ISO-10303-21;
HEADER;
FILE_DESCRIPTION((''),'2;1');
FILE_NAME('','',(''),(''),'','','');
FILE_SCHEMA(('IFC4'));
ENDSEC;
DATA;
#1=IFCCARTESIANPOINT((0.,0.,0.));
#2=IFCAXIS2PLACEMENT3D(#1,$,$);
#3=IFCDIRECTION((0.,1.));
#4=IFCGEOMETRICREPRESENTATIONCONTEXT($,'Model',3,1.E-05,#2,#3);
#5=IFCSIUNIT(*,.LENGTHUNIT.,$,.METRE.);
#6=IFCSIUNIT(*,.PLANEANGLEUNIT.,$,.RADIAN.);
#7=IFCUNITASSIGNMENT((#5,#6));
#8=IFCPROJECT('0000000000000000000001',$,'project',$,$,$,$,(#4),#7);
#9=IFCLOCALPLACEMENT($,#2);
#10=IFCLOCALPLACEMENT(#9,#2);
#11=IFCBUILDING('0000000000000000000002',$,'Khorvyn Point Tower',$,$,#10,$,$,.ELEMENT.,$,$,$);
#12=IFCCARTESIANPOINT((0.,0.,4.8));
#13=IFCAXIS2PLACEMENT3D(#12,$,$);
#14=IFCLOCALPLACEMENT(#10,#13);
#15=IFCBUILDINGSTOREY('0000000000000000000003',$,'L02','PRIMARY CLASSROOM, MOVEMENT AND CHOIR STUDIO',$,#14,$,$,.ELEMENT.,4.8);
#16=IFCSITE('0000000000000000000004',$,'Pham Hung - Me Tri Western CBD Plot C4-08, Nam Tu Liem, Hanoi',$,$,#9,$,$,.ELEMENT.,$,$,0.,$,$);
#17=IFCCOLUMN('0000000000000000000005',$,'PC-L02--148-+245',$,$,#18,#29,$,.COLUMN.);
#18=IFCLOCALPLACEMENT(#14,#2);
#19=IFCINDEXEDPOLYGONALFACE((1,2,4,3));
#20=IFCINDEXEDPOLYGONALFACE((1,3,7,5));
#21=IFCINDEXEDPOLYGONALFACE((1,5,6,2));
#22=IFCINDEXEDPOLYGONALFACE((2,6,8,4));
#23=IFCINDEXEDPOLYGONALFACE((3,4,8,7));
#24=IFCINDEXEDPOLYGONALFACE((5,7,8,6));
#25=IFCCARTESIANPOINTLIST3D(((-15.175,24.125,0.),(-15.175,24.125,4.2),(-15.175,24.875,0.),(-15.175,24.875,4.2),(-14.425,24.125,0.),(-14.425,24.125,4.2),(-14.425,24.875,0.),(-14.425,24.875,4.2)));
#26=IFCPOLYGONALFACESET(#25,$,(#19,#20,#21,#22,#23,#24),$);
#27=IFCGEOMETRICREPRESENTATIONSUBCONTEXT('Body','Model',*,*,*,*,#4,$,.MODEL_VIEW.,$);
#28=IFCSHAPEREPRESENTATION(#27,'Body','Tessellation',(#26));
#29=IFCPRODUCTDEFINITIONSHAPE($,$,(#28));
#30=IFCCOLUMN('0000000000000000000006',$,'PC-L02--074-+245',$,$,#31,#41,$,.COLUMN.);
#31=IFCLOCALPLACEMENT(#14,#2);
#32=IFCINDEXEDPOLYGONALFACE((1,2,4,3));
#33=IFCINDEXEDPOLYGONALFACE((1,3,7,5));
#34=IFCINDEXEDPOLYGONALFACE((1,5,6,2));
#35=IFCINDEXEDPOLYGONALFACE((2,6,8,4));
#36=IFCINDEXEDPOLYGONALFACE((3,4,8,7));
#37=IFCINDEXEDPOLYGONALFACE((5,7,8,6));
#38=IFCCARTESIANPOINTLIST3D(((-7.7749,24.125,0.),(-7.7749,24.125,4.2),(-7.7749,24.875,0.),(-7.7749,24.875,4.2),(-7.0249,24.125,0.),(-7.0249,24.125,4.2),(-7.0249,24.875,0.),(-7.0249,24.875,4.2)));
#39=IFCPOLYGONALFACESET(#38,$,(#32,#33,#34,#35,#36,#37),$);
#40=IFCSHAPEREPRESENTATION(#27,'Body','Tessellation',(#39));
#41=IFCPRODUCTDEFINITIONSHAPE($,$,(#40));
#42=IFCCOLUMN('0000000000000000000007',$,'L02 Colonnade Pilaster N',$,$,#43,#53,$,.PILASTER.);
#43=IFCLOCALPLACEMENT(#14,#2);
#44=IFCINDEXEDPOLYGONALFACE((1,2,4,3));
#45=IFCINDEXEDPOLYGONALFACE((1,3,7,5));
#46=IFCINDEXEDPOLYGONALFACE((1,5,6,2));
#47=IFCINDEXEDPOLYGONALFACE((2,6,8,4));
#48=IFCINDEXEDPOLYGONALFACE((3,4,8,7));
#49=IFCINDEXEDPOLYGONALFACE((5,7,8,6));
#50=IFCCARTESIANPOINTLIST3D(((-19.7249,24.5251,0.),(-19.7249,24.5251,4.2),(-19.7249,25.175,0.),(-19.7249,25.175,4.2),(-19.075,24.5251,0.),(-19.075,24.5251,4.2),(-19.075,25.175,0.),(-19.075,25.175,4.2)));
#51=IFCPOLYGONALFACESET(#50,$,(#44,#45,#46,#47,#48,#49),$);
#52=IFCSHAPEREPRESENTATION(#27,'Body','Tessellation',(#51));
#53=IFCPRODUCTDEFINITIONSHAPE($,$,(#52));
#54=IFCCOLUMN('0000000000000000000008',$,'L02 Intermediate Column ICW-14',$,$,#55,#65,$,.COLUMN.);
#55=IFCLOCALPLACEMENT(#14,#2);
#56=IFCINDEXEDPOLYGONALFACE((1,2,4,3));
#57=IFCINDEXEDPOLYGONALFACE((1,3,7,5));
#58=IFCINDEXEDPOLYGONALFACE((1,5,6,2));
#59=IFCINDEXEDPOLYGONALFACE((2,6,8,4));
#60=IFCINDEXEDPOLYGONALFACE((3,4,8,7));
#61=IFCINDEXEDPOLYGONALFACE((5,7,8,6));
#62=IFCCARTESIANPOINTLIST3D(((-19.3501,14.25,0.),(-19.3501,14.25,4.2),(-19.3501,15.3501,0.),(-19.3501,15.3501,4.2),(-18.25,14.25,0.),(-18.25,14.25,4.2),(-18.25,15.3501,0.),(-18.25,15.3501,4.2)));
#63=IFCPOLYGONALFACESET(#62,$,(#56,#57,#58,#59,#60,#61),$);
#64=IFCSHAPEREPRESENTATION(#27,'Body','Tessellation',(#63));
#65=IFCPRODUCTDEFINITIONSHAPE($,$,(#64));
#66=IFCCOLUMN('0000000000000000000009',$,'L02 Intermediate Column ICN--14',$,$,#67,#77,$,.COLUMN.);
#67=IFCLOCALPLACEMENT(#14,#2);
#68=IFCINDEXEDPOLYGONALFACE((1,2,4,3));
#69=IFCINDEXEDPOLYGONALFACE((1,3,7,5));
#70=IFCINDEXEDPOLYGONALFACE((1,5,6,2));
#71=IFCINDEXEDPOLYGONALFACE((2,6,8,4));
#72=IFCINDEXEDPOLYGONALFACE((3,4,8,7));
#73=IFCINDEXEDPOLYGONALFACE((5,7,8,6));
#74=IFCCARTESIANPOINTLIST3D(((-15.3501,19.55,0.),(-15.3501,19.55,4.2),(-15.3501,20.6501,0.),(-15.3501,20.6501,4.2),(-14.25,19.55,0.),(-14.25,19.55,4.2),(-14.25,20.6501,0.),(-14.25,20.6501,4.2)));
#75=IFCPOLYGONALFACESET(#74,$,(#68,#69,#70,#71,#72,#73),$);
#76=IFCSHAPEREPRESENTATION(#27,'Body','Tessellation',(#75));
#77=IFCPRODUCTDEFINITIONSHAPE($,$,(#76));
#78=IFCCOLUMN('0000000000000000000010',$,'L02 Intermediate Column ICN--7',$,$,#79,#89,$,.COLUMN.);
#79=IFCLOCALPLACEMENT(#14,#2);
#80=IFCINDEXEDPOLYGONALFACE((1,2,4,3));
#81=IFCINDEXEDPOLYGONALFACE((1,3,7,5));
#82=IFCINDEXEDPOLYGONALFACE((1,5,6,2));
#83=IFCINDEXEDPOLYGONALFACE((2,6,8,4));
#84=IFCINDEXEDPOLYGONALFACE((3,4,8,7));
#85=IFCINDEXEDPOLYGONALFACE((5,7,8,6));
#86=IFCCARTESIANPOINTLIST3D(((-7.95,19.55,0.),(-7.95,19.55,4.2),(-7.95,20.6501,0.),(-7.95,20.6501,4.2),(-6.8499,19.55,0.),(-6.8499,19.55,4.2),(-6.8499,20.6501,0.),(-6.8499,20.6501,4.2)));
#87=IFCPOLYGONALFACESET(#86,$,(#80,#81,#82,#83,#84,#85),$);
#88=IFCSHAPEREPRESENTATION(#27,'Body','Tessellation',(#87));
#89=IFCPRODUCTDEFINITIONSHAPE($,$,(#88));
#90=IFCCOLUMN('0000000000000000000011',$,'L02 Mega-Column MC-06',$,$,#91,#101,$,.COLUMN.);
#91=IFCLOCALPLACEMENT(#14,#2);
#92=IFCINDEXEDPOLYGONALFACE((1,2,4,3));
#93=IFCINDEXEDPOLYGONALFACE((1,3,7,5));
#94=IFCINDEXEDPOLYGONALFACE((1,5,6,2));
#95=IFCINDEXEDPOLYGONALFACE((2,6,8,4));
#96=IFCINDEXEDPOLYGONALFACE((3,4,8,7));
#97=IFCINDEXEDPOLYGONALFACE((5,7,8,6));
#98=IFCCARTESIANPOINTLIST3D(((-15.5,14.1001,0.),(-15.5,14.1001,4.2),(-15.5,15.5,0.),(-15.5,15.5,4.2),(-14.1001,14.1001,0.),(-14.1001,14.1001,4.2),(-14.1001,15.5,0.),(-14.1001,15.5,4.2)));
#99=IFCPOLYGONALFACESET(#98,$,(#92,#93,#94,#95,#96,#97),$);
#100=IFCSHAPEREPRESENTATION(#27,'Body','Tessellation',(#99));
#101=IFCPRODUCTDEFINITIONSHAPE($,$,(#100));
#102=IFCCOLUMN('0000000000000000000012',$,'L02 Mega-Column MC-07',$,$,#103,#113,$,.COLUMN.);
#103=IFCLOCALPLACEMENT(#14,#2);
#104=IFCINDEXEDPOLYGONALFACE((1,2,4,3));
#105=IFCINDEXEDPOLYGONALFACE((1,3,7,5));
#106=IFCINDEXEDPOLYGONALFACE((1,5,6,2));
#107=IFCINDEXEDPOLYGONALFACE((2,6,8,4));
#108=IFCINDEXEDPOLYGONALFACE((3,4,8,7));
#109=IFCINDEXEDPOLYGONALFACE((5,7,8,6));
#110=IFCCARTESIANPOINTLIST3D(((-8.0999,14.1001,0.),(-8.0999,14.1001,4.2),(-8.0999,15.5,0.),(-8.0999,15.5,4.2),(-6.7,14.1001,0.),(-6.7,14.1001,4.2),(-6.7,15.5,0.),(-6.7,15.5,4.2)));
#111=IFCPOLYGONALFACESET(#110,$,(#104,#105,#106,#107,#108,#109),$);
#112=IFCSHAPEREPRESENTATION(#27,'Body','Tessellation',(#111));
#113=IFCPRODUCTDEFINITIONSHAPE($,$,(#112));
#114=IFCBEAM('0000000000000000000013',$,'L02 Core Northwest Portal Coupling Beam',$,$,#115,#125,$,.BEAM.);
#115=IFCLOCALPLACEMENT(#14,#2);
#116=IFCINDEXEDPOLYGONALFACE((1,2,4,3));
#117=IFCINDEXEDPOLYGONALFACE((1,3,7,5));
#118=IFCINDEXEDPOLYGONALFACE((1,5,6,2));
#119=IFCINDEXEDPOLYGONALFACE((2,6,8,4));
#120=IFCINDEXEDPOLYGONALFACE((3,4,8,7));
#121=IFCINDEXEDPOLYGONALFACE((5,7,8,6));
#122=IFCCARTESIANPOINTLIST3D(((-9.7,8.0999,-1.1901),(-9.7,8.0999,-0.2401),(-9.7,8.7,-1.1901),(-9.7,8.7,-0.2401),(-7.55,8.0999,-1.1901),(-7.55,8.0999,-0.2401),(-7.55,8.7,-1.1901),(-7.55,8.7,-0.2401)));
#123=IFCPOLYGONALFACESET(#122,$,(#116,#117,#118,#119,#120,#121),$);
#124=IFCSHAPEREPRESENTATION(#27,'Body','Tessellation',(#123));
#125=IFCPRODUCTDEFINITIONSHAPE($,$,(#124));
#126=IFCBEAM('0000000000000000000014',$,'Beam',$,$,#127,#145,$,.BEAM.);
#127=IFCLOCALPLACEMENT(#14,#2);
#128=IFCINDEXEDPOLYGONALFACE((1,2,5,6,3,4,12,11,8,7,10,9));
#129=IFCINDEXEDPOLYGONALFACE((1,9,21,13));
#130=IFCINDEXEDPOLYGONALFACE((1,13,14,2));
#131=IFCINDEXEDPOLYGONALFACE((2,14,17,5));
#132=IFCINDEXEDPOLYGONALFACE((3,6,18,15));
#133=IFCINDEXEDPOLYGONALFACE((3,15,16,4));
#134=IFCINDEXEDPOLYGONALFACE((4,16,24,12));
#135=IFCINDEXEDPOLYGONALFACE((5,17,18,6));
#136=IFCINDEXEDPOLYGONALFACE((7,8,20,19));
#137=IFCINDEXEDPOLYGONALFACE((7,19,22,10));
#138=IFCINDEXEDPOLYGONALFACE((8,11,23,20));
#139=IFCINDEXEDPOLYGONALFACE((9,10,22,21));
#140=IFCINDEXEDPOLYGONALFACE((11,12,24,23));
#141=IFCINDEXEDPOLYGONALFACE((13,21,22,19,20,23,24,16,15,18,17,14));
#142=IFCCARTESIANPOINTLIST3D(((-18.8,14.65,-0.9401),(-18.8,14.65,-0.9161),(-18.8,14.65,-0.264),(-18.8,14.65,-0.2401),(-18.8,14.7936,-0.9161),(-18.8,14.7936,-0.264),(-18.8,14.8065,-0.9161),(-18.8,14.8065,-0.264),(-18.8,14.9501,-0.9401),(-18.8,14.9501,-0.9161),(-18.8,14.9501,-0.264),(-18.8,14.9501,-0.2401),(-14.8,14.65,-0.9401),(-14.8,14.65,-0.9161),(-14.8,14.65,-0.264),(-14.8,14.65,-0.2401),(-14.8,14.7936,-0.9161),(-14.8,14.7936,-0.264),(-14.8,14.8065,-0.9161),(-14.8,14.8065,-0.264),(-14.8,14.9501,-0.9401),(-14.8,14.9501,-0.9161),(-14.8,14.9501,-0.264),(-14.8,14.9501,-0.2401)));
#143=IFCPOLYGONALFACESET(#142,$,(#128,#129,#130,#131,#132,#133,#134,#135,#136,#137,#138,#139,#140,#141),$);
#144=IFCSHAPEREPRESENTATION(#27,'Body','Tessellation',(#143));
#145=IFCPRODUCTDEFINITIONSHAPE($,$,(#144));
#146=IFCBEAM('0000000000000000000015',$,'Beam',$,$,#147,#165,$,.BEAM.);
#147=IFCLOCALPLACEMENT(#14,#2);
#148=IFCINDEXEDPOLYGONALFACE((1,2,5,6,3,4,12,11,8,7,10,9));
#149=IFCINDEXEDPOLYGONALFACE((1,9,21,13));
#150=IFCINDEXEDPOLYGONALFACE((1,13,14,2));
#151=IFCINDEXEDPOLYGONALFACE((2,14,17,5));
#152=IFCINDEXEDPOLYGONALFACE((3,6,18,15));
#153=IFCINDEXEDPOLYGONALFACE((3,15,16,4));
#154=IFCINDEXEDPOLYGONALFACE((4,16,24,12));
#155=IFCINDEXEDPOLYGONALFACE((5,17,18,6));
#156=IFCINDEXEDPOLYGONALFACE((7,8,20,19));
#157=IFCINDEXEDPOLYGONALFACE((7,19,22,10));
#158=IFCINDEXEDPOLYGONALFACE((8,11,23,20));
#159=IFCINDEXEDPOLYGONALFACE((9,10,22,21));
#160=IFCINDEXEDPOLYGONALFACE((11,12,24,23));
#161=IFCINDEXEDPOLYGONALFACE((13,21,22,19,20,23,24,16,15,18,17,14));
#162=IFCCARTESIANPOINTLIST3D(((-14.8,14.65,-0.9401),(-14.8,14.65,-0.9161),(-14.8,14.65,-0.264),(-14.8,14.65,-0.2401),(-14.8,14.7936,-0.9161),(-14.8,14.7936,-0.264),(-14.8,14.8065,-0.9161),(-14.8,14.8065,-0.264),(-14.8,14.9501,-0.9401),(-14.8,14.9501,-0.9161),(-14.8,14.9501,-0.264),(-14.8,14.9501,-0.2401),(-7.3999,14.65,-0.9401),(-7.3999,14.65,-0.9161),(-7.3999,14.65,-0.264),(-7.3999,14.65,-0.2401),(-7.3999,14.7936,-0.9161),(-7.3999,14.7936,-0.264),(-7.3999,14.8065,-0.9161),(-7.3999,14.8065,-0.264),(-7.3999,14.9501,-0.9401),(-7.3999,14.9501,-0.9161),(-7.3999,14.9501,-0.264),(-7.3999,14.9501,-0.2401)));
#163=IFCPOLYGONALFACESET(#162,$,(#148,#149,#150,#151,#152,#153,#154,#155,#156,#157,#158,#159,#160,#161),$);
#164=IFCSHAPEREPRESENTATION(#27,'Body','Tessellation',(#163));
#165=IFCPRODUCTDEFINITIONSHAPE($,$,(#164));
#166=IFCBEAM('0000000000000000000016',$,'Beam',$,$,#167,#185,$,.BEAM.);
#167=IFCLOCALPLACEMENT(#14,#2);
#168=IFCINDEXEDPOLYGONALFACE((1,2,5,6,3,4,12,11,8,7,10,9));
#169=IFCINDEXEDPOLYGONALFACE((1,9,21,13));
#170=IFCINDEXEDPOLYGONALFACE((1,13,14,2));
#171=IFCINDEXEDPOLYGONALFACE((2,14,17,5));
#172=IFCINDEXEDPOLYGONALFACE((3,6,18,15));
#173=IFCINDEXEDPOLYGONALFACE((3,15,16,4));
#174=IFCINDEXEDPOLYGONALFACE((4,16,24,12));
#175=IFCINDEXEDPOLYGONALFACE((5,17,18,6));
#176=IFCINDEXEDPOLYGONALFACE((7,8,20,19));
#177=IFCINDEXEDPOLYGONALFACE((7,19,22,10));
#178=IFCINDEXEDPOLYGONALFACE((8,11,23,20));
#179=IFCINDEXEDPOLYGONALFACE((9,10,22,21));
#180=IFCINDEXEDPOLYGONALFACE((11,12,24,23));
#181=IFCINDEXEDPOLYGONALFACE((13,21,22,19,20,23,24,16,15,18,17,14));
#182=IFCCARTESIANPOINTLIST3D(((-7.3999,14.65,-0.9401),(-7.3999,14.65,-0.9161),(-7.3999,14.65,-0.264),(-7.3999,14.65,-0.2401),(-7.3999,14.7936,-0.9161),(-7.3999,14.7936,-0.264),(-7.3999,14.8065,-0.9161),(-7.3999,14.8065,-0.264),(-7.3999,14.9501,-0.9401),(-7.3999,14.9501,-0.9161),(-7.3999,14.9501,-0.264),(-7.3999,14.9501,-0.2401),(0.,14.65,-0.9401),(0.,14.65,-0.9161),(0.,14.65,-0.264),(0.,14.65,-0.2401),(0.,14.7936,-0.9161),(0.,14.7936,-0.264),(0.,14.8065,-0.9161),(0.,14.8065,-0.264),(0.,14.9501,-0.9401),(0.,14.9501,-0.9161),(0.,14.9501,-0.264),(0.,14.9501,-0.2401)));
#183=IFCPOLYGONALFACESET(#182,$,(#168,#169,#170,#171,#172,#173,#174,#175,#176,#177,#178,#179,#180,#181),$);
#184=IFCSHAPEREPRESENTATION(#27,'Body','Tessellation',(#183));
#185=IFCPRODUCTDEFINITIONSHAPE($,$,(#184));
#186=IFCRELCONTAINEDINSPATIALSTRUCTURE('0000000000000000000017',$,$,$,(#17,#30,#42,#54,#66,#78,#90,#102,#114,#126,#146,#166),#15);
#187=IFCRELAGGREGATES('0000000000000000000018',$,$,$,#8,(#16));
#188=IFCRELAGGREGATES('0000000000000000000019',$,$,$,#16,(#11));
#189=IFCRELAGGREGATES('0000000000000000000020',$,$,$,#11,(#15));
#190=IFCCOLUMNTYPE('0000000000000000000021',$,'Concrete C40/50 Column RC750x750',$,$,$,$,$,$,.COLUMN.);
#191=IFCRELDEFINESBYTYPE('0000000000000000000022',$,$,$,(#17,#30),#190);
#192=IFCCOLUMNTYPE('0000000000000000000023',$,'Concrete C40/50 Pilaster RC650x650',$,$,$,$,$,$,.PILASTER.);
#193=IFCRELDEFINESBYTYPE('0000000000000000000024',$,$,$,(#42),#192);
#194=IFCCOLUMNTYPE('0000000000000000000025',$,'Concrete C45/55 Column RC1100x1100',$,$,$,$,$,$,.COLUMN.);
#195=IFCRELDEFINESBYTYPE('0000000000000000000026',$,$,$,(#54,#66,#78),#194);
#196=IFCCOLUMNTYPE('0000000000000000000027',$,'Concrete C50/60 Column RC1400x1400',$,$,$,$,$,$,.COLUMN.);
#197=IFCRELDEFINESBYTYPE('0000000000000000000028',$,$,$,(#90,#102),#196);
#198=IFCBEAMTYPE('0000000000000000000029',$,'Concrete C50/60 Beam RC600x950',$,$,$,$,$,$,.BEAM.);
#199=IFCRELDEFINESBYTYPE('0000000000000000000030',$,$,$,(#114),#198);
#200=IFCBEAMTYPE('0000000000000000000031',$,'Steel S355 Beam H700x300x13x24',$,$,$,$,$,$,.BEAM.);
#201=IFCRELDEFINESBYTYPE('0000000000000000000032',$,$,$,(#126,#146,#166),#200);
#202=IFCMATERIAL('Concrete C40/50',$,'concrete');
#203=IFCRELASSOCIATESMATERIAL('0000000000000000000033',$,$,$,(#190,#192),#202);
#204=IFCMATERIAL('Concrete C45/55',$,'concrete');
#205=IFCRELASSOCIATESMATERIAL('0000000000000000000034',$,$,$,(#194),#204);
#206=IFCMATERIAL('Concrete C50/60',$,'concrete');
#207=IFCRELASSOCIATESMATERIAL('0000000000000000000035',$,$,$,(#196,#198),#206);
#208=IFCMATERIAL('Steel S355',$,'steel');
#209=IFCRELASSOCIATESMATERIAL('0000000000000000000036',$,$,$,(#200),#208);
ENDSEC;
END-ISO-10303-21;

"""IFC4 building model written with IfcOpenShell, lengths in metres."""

from ifc_helpers import new_model, si_unit, direction, frame, origin, origin_2d, place, context, subcontext, project, spatial, rectangle, i_section, extrude, material, material_profile, profile_set, type_object, element, save


model = new_model("IFC4")

# Units and contexts
model_context = context("Model", 3, precision=1e-05, world=origin(), true_north=direction((0.0, 1.0)))
body_context = subcontext(model_context, "Body", "Model", "MODEL_VIEW")
ifc_project = project(units=[si_unit("LENGTHUNIT", "METRE"), si_unit("PLANEANGLEUNIT", "RADIAN")], contexts=[model_context])

# Site, building, storey
site_placement = place(None, origin())
site = spatial("IfcSite", under=ifc_project, at=site_placement, Name="Pham Hung - Me Tri Western CBD Plot C4-08, Nam Tu Liem, Hanoi", CompositionType="ELEMENT", RefElevation=0.0)
building_placement = place(site_placement, origin())
building = spatial("IfcBuilding", under=site, at=building_placement, Name="Khorvyn Point Tower", CompositionType="ELEMENT")
storey_placement = place(building_placement, frame((0.0, 0.0, 4.8)))
storey = spatial("IfcBuildingStorey", under=building, at=storey_placement, Name="L02", Description="PRIMARY CLASSROOM, MOVEMENT AND CHOIR STUDIO", CompositionType="ELEMENT", Elevation=4.8)

# Columns
ifc_material_1 = material(Name="Concrete C40/50", Category="concrete")
ifc_material_profile_1 = material_profile(ifc_material_1, rectangle(XDim=0.75, YDim=0.75, at=origin_2d()))
ifc_profile_set_1 = profile_set([ifc_material_profile_1], Name="Concrete C40/50 RC750x750")
column_type_1 = type_object("IfcColumnType", Name="Concrete C40/50 Column RC750x750", PredefinedType="COLUMN", material=ifc_profile_set_1)
for number, where, z_axis, x_axis, name in (
    (1, (-14.8, 24.5, 0.0), (0.0, 0.0, 1.0), (1.0, 0.0, 0.0), "PC-L02--148-+245"),
    (2, (-7.3999, 24.5, 0.0), (0.0, 0.0, 1.0), (1.0, 0.0, 0.0), "PC-L02--074-+245"),
):
    element("IfcColumn", number, at=place(storey_placement, frame(where, z_axis=z_axis, x_axis=x_axis)), inside=storey, type_object=column_type_1, Name=name, PredefinedType="COLUMN", context=body_context, shape_type="SweptSolid", body=[
        extrude(rectangle(XDim=0.75, YDim=0.75, at=origin_2d()), origin(), (0.0, 0.0, 1.0), 4.2),
    ])
ifc_material_profile_2 = material_profile(ifc_material_1, rectangle(XDim=0.6499, YDim=0.6499, at=origin_2d()))
ifc_profile_set_2 = profile_set([ifc_material_profile_2], Name="Concrete C40/50 RC650x650")
column_type_2 = type_object("IfcColumnType", Name="Concrete C40/50 Pilaster RC650x650", PredefinedType="PILASTER", material=ifc_profile_set_2)
column_placement = place(storey_placement, frame((-19.3999, 24.8501, 0.0), z_axis=(0.0, 0.0, 1.0), x_axis=(1.0, 0.0, 0.0)))
element("IfcColumn", 3, at=column_placement, inside=storey, type_object=column_type_2, Name="L02 Colonnade Pilaster N", PredefinedType="PILASTER", context=body_context, shape_type="SweptSolid", body=[
    extrude(rectangle(XDim=0.6499, YDim=0.6499, at=origin_2d()), origin(), (0.0, 0.0, 1.0), 4.2),
])
ifc_material_2 = material(Name="Concrete C45/55", Category="concrete")
ifc_material_profile_3 = material_profile(ifc_material_2, rectangle(XDim=1.1001, YDim=1.1001, at=origin_2d()))
ifc_profile_set_3 = profile_set([ifc_material_profile_3], Name="Concrete C45/55 RC1100x1100")
column_type_3 = type_object("IfcColumnType", Name="Concrete C45/55 Column RC1100x1100", PredefinedType="COLUMN", material=ifc_profile_set_3)
for number, where, z_axis, x_axis, name in (
    (4, (-18.8, 14.8, 0.0), (0.0, 0.0, 1.0), (1.0, 0.0, 0.0), "L02 Intermediate Column ICW-14"),
    (5, (-14.8, 20.1001, 0.0), (0.0, 0.0, 1.0), (1.0, 0.0, 0.0), "L02 Intermediate Column ICN--14"),
    (6, (-7.3999, 20.1001, 0.0), (0.0, 0.0, 1.0), (1.0, 0.0, 0.0), "L02 Intermediate Column ICN--7"),
):
    element("IfcColumn", number, at=place(storey_placement, frame(where, z_axis=z_axis, x_axis=x_axis)), inside=storey, type_object=column_type_3, Name=name, PredefinedType="COLUMN", context=body_context, shape_type="SweptSolid", body=[
        extrude(rectangle(XDim=1.1001, YDim=1.1001, at=origin_2d()), origin(), (0.0, 0.0, 1.0), 4.2),
    ])
ifc_material_3 = material(Name="Concrete C50/60", Category="concrete")
ifc_material_profile_4 = material_profile(ifc_material_3, rectangle(XDim=1.3999, YDim=1.3999, at=origin_2d()))
ifc_profile_set_4 = profile_set([ifc_material_profile_4], Name="Concrete C50/60 RC1400x1400")
column_type_4 = type_object("IfcColumnType", Name="Concrete C50/60 Column RC1400x1400", PredefinedType="COLUMN", material=ifc_profile_set_4)
for number, where, z_axis, x_axis, name in (
    (7, (-14.8, 14.8, 0.0), (0.0, 0.0, 1.0), (1.0, 0.0, 0.0), "L02 Mega-Column MC-06"),
    (8, (-7.3999, 14.8, 0.0), (0.0, 0.0, 1.0), (1.0, 0.0, 0.0), "L02 Mega-Column MC-07"),
):
    element("IfcColumn", number, at=place(storey_placement, frame(where, z_axis=z_axis, x_axis=x_axis)), inside=storey, type_object=column_type_4, Name=name, PredefinedType="COLUMN", context=body_context, shape_type="SweptSolid", body=[
        extrude(rectangle(XDim=1.3999, YDim=1.3999, at=origin_2d()), origin(), (0.0, 0.0, 1.0), 4.2),
    ])

# Beams
ifc_material_profile_5 = material_profile(ifc_material_3, rectangle(XDim=0.6001, YDim=0.95, at=origin_2d()))
ifc_profile_set_5 = profile_set([ifc_material_profile_5], Name="Concrete C50/60 RC600x950")
beam_type_1 = type_object("IfcBeamType", Name="Concrete C50/60 Beam RC600x950", PredefinedType="BEAM", material=ifc_profile_set_5)
beam_1_placement = place(storey_placement, frame((-9.7, 8.3999, -0.7151), z_axis=(1.0, 0.0, 0.0), x_axis=(0.0, 1.0, 0.0)))
element("IfcBeam", 9, at=beam_1_placement, inside=storey, type_object=beam_type_1, Name="L02 Core Northwest Portal Coupling Beam", PredefinedType="BEAM", context=body_context, shape_type="SweptSolid", body=[
    extrude(rectangle(XDim=0.6001, YDim=0.95, at=origin_2d()), origin(), (0.0, 0.0, 1.0), 2.1499),
])
ifc_material_4 = material(Name="Steel S355", Category="steel")
ifc_material_profile_6 = material_profile(ifc_material_4, i_section(OverallWidth=0.3, OverallDepth=0.7, WebThickness=0.0129, FlangeThickness=0.0239, at=origin_2d()))
ifc_profile_set_6 = profile_set([ifc_material_profile_6], Name="Steel S355 H700x300x13x24")
beam_type_2 = type_object("IfcBeamType", Name="Steel S355 Beam H700x300x13x24", PredefinedType="BEAM", material=ifc_profile_set_6)
beam_2_placement = place(storey_placement, frame((-18.8, 14.8, -0.5901), z_axis=(1.0, 0.0, 0.0), x_axis=(0.0, 1.0, 0.0)))
element("IfcBeam", 10, at=beam_2_placement, inside=storey, type_object=beam_type_2, Name="Beam", PredefinedType="BEAM", context=body_context, shape_type="SweptSolid", body=[
    extrude(i_section(OverallWidth=0.3, OverallDepth=0.7, WebThickness=0.0129, FlangeThickness=0.0239, at=origin_2d()), origin(), (0.0, 0.0, 1.0), 4.0),
])
beam_3_placement = place(storey_placement, frame((-14.8, 14.8, -0.5901), z_axis=(1.0, 0.0, 0.0), x_axis=(0.0, 1.0, 0.0)))
element("IfcBeam", 11, at=beam_3_placement, inside=storey, type_object=beam_type_2, Name="Beam", PredefinedType="BEAM", context=body_context, shape_type="SweptSolid", body=[
    extrude(i_section(OverallWidth=0.3, OverallDepth=0.7, WebThickness=0.0129, FlangeThickness=0.0239, at=origin_2d()), origin(), (0.0, 0.0, 1.0), 7.4001),
])
beam_4_placement = place(storey_placement, frame((-7.3999, 14.8, -0.5901), z_axis=(1.0, 0.0, 0.0), x_axis=(0.0, 1.0, 0.0)))
element("IfcBeam", 12, at=beam_4_placement, inside=storey, type_object=beam_type_2, Name="Beam", PredefinedType="BEAM", context=body_context, shape_type="SweptSolid", body=[
    extrude(i_section(OverallWidth=0.3, OverallDepth=0.7, WebThickness=0.0129, FlangeThickness=0.0239, at=origin_2d()), origin(), (0.0, 0.0, 1.0), 7.3999),
])

save(model, "model.ifc")
